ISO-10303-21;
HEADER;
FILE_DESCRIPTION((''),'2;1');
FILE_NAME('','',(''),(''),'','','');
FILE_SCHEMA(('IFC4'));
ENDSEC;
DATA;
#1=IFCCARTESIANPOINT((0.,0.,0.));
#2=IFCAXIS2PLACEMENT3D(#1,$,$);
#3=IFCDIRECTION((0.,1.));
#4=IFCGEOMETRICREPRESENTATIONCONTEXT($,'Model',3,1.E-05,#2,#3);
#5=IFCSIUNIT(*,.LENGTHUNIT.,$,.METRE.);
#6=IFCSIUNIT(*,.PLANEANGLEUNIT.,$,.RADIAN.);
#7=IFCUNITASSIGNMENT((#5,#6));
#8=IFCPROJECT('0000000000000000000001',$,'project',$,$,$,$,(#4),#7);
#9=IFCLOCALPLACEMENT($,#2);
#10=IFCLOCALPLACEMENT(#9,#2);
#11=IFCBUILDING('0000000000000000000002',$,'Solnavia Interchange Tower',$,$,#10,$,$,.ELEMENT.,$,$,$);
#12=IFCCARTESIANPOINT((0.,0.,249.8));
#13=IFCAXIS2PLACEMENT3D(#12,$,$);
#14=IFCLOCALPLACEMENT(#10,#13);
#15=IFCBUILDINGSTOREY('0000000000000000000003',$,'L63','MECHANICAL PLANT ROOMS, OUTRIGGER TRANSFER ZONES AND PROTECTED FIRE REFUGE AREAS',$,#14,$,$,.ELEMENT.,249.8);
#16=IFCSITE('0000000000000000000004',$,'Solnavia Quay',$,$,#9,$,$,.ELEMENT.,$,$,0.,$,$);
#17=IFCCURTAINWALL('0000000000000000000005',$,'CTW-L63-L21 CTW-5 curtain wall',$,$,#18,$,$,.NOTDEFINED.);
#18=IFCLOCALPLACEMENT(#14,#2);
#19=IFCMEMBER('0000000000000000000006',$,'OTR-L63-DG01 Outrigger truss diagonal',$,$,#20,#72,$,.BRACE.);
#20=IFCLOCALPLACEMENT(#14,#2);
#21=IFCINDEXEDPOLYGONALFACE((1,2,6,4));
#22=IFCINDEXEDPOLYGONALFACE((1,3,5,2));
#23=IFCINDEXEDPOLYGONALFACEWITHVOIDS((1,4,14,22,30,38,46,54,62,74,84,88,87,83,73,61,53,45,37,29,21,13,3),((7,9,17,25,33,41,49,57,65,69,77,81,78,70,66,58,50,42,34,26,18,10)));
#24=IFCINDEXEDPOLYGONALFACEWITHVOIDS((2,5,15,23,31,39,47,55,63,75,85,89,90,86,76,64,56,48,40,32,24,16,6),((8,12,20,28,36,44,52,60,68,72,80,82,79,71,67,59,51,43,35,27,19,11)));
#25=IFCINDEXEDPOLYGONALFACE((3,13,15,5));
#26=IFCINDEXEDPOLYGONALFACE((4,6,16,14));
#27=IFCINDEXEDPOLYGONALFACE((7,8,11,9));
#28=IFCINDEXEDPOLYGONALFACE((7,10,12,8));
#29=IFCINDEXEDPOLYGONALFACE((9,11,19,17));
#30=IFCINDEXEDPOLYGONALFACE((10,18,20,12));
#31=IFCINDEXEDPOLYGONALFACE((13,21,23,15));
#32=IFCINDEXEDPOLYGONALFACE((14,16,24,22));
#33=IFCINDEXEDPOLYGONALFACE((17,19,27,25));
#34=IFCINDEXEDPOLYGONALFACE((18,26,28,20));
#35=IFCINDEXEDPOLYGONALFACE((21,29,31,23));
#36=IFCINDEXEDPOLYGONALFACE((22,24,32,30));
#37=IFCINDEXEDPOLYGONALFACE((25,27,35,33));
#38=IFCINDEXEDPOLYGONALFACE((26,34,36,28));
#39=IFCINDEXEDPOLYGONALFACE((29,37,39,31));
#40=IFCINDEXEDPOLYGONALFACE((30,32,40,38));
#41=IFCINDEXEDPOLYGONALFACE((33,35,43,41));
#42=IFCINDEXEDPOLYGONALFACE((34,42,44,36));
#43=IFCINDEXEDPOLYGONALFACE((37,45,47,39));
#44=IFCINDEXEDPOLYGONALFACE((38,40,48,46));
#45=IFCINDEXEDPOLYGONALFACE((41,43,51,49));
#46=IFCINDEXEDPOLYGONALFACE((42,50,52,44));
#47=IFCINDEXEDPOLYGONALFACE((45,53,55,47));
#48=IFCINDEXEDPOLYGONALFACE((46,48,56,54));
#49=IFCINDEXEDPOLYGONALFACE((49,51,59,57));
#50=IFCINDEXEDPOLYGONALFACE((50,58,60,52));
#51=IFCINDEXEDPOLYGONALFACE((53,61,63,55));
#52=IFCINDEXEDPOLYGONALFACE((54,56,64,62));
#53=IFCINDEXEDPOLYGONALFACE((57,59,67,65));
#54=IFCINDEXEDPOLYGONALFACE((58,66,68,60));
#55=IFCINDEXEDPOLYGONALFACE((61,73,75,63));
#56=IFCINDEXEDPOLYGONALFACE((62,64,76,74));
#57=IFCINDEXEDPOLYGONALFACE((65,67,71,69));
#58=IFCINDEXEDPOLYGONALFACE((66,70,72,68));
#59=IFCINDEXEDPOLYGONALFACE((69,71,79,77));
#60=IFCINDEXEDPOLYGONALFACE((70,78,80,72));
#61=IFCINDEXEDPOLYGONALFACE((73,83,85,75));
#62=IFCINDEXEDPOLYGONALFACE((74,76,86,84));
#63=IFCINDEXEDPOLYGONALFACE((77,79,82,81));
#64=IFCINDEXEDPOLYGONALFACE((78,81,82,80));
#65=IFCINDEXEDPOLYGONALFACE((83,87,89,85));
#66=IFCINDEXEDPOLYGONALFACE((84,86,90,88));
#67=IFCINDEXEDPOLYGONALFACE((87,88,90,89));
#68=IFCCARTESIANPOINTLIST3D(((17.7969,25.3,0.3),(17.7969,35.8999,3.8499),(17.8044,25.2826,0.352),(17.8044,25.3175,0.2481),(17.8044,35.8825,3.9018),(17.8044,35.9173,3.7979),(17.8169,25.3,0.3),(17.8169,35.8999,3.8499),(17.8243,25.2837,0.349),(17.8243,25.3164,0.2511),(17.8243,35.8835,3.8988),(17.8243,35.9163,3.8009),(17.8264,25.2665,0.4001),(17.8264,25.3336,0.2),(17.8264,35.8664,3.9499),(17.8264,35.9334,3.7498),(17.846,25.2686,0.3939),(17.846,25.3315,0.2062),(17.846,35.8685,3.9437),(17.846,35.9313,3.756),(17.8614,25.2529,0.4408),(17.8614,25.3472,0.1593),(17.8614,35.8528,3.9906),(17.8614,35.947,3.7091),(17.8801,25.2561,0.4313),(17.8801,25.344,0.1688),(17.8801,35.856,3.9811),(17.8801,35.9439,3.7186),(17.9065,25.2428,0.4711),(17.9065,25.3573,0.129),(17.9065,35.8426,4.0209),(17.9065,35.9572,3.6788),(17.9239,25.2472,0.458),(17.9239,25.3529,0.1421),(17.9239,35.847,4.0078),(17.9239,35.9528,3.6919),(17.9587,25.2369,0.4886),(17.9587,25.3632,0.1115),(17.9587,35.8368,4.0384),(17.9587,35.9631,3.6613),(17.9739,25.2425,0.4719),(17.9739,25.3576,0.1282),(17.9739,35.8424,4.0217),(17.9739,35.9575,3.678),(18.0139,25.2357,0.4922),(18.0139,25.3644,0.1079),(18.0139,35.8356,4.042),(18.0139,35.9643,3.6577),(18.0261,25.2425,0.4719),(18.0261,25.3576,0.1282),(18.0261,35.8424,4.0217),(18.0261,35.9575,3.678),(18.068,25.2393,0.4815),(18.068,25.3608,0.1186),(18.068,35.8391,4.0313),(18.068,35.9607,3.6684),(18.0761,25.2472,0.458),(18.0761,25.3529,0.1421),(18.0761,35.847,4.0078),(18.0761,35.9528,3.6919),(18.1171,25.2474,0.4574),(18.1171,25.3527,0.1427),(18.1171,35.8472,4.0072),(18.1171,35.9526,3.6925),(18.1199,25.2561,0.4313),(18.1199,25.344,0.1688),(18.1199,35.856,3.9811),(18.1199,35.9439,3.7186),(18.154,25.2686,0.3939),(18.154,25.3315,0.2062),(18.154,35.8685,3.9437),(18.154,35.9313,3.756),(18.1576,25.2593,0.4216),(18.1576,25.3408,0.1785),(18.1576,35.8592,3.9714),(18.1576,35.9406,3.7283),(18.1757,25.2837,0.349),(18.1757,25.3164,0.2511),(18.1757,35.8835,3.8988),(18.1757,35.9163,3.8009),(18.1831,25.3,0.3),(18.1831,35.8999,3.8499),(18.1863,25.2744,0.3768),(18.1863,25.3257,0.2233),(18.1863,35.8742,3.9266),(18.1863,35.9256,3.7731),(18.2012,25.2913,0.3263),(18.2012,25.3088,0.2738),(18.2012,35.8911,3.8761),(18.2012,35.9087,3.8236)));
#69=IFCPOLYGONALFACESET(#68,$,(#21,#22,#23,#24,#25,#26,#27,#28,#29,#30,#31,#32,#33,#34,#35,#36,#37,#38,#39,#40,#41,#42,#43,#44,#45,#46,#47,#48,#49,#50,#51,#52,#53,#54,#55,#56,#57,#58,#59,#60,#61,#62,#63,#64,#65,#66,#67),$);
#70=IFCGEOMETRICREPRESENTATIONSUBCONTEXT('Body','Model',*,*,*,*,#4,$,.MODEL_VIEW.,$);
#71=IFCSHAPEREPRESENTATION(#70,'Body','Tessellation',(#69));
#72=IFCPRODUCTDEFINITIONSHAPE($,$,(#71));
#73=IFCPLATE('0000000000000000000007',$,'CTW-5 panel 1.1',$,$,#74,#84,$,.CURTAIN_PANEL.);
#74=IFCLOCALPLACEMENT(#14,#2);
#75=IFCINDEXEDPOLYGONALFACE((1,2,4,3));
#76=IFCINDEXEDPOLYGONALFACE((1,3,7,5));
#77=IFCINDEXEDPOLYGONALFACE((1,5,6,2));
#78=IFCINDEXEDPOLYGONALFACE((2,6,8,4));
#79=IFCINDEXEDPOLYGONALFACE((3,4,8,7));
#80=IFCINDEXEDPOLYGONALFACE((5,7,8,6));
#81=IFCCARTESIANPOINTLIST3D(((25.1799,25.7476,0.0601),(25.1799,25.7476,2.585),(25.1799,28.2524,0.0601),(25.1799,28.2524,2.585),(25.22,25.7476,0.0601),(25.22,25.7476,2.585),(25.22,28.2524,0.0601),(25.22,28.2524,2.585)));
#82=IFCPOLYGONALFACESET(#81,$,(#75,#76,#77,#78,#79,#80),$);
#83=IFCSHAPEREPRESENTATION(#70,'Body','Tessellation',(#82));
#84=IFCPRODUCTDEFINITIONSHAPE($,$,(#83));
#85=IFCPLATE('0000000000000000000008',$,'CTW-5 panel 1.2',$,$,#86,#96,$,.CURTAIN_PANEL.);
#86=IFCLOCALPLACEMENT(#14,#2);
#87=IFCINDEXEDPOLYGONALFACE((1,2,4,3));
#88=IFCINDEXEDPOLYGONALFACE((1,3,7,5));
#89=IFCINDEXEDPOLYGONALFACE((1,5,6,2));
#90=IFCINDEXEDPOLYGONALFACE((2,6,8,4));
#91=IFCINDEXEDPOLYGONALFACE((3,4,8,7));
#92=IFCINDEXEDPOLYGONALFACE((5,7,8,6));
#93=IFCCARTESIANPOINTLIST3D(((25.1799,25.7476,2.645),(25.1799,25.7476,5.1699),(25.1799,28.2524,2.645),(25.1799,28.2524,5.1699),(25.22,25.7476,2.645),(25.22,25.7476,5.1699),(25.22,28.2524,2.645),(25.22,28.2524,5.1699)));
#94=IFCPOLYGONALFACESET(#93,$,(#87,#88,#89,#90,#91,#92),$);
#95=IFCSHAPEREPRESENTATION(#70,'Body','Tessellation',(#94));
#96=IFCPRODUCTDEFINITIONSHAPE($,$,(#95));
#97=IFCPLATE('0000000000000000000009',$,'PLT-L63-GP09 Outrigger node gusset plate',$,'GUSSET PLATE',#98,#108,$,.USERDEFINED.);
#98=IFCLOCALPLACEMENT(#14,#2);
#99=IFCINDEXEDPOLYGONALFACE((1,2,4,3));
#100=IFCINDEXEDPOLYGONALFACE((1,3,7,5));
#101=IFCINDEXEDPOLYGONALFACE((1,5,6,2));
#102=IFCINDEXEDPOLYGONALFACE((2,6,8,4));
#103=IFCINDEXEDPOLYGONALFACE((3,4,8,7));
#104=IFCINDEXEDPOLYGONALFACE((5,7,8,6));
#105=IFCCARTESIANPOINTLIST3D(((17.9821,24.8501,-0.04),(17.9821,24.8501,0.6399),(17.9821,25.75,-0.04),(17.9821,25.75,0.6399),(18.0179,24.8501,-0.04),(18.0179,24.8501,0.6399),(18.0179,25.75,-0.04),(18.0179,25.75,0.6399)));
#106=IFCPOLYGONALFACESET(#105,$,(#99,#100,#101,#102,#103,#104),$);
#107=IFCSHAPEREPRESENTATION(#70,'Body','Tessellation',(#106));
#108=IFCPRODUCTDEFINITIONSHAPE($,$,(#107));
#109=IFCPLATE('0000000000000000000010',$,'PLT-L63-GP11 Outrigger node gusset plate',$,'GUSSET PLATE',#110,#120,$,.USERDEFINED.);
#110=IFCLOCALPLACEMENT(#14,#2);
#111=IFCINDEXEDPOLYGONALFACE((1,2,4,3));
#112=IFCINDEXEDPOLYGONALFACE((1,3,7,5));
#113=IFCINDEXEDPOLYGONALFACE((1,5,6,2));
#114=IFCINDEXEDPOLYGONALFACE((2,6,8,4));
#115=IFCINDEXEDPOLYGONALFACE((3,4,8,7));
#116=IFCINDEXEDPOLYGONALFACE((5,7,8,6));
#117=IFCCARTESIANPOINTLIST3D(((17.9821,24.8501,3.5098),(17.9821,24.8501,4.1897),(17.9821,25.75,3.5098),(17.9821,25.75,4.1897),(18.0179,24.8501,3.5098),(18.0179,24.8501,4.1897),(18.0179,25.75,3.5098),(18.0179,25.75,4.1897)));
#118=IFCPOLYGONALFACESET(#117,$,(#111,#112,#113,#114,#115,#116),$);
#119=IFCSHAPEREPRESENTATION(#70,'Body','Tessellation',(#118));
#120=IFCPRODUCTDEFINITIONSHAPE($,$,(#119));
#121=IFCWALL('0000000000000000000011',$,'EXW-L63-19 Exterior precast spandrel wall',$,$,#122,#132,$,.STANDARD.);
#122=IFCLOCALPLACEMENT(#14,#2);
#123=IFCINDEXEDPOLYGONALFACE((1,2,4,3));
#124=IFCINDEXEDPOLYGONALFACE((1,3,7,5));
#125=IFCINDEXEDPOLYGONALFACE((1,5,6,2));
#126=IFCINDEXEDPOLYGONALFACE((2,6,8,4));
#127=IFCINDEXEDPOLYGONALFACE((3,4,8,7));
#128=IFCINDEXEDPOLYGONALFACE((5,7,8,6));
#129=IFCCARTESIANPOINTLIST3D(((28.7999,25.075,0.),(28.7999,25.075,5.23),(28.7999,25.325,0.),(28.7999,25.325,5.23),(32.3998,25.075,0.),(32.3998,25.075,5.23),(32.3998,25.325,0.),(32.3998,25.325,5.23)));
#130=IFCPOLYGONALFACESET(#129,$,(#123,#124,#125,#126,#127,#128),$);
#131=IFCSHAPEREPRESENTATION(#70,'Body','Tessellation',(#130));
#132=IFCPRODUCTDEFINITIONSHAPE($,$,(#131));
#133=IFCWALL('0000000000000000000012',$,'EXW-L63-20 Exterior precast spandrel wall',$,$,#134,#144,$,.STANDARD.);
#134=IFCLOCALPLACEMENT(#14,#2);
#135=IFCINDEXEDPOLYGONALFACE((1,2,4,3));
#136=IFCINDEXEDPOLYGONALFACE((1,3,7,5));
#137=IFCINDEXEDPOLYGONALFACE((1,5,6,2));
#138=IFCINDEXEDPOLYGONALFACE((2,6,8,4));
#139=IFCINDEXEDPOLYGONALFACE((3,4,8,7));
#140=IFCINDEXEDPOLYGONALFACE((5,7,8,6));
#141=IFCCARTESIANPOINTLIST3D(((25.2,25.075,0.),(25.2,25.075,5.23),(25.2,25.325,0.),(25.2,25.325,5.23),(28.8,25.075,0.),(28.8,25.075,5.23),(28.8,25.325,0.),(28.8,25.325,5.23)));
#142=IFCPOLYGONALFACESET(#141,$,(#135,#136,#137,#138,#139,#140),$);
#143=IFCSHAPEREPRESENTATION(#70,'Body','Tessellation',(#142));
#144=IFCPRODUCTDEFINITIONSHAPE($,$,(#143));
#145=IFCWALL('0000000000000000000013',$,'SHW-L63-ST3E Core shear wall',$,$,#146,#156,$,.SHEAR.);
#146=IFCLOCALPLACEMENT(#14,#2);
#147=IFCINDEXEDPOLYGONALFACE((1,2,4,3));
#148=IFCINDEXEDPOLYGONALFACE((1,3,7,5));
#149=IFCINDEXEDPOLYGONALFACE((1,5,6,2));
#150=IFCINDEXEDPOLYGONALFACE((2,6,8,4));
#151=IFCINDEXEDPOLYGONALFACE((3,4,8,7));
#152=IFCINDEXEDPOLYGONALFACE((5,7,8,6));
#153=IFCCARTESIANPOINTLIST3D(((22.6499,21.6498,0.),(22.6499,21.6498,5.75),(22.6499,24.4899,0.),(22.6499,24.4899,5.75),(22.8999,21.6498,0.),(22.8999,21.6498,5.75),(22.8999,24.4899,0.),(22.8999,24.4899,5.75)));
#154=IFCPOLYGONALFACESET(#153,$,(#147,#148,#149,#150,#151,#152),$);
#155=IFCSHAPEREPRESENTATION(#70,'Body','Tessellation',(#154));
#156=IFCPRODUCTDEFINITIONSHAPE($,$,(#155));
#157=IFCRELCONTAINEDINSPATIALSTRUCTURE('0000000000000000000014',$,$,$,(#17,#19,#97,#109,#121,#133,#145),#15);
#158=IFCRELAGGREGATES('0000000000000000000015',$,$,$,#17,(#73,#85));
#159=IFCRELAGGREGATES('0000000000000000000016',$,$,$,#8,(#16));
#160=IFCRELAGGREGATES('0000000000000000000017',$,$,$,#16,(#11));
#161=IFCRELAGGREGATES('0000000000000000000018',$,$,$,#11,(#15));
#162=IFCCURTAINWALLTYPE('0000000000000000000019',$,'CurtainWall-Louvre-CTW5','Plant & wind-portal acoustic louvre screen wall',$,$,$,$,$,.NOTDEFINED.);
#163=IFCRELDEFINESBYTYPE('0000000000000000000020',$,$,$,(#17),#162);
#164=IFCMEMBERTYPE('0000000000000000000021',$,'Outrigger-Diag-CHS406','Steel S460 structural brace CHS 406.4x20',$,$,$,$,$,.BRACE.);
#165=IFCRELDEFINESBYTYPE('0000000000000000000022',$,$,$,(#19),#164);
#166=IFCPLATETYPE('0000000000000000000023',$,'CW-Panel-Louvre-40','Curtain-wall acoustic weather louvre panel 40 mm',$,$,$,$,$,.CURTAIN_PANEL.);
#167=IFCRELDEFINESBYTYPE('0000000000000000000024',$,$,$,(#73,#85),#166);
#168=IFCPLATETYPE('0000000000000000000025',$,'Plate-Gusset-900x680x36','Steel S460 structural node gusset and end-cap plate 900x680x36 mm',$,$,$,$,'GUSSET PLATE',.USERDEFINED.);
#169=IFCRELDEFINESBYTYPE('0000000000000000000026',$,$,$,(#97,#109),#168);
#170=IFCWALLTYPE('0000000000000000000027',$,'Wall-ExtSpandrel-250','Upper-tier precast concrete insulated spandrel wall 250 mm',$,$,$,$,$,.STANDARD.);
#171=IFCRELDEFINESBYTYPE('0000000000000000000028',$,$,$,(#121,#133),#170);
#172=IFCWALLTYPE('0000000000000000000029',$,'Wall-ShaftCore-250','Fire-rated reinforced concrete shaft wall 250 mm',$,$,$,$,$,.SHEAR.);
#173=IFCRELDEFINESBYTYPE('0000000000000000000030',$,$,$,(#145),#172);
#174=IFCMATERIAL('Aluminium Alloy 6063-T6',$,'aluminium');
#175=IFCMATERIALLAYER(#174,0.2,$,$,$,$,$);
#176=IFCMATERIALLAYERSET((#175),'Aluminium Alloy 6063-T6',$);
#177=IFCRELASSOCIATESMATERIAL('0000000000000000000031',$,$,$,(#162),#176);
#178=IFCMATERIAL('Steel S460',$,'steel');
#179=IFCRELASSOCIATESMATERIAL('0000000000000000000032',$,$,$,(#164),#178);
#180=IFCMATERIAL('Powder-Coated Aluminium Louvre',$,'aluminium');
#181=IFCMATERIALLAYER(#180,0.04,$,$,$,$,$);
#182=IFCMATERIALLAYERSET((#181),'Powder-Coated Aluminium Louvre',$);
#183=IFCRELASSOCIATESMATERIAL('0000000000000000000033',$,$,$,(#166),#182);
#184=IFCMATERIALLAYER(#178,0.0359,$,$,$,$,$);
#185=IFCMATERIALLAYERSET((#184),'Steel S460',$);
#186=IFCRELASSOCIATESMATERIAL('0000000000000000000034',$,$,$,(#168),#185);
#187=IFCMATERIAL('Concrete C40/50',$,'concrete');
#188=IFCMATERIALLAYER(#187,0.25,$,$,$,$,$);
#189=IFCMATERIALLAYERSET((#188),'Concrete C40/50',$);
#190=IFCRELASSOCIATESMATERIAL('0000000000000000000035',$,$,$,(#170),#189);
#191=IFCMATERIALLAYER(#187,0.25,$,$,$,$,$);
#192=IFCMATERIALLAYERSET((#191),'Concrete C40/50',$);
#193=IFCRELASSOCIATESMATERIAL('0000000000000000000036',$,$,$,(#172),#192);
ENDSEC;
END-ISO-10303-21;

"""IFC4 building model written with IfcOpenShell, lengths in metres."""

from ifc_helpers import new_model, si_unit, direction, frame, frame_2d, origin, origin_2d, place, context, subcontext, project, spatial, rectangle, hollow_circle, extrude, material, layer, layer_set, material_profile, profile_set, type_object, element, aggregate, save


model = new_model("IFC4")

# Units and contexts
model_context = context("Model", 3, precision=1e-05, world=origin(), true_north=direction((0.0, 1.0)))
body_context = subcontext(model_context, "Body", "Model", "MODEL_VIEW")
ifc_project = project(units=[si_unit("LENGTHUNIT", "METRE"), si_unit("PLANEANGLEUNIT", "RADIAN")], contexts=[model_context])

# Site, building, storey
site_placement = place(None, origin())
site = spatial("IfcSite", under=ifc_project, at=site_placement, Name="Solnavia Quay", CompositionType="ELEMENT", RefElevation=0.0)
building_placement = place(site_placement, origin())
building = spatial("IfcBuilding", under=site, at=building_placement, Name="Solnavia Interchange Tower", CompositionType="ELEMENT")
storey_placement = place(building_placement, frame((0.0, 0.0, 249.8)))
storey = spatial("IfcBuildingStorey", under=building, at=storey_placement, Name="L63", Description="MECHANICAL PLANT ROOMS, OUTRIGGER TRANSFER ZONES AND PROTECTED FIRE REFUGE AREAS", CompositionType="ELEMENT", Elevation=249.8)

# Curtain wall
ifc_material_1 = material(Name="Aluminium Alloy 6063-T6", Category="aluminium")
ifc_layer_1 = layer(ifc_material_1, 0.2)
ifc_layer_set_1 = layer_set([ifc_layer_1], Name="Aluminium Alloy 6063-T6")
curtain_wall_type = type_object("IfcCurtainWallType", Name="CurtainWall-Louvre-CTW5", Description="Plant & wind-portal acoustic louvre screen wall", PredefinedType="NOTDEFINED", material=ifc_layer_set_1)
curtain_wall_placement = place(storey_placement, origin())
curtain_wall = element("IfcCurtainWall", 1, at=curtain_wall_placement, inside=storey, type_object=curtain_wall_type, Name="CTW-L63-L21 CTW-5 curtain wall", PredefinedType="NOTDEFINED")

# Member
ifc_material_2 = material(Name="Steel S460", Category="steel")
ifc_material_profile_1 = material_profile(ifc_material_2, hollow_circle(Radius=0.2031, WallThickness=0.02, at=origin_2d()), Name="CHS 406.4x20")
ifc_profile_set_1 = profile_set([ifc_material_profile_1], Name="Steel S460")
member_type_1 = type_object("IfcMemberType", Name="Outrigger-Diag-CHS406", Description="Steel S460 structural brace CHS 406.4x20", PredefinedType="BRACE", material=ifc_profile_set_1)
member_1_placement = place(storey_placement, frame((18.0, 25.3, 0.3), z_axis=(0.0, 0.948239, 0.317558), x_axis=(-1.0, 0.0, 0.0)))
element("IfcMember", 2, at=member_1_placement, inside=storey, type_object=member_type_1, Name="OTR-L63-DG01 Outrigger truss diagonal", PredefinedType="BRACE", context=body_context, shape_type="SweptSolid", body=[
    extrude(hollow_circle(Radius=0.2031, WallThickness=0.02, at=origin_2d()), origin(), (0.0, 0.0, 1.0), 11.1785),
])

# Plates
ifc_material_3 = material(Name="Powder-Coated Aluminium Louvre", Category="aluminium")
ifc_layer_2 = layer(ifc_material_3, 0.04)
ifc_layer_set_2 = layer_set([ifc_layer_2], Name="Powder-Coated Aluminium Louvre")
plate_type_1 = type_object("IfcPlateType", Name="CW-Panel-Louvre-40", Description="Curtain-wall acoustic weather louvre panel 40 mm", PredefinedType="CURTAIN_PANEL", material=ifc_layer_set_2)
plate_1_placement = place(storey_placement, frame((25.2, 27.0, 0.0601), z_axis=(0.0, 0.0, 1.0), x_axis=(0.0, 1.0, 0.0)))
plate_1 = element("IfcPlate", 3, at=plate_1_placement, type_object=plate_type_1, Name="CTW-5 panel 1.1", PredefinedType="CURTAIN_PANEL", context=body_context, shape_type="SweptSolid", body=[
    extrude(rectangle(XDim=2.5049, YDim=0.04, at=origin_2d()), origin(), (0.0, 0.0, 1.0), 2.5249),
])
plate_2_placement = place(storey_placement, frame((25.2, 27.0, 2.645), z_axis=(0.0, 0.0, 1.0), x_axis=(0.0, 1.0, 0.0)))
plate_2 = element("IfcPlate", 4, at=plate_2_placement, type_object=plate_type_1, Name="CTW-5 panel 1.2", PredefinedType="CURTAIN_PANEL", context=body_context, shape_type="SweptSolid", body=[
    extrude(rectangle(XDim=2.5049, YDim=0.04, at=origin_2d()), origin(), (0.0, 0.0, 1.0), 2.5249),
])
aggregate(curtain_wall, [plate_1, plate_2])

# Plates
ifc_layer_3 = layer(ifc_material_2, 0.0359)
ifc_layer_set_3 = layer_set([ifc_layer_3], Name="Steel S460")
plate_type_2 = type_object("IfcPlateType", Name="Plate-Gusset-900x680x36", Description="Steel S460 structural node gusset and end-cap plate 900x680x36 mm", ElementType="GUSSET PLATE", PredefinedType="USERDEFINED", material=ifc_layer_set_3)
for number, where, z_axis, x_axis, name in (
    (5, (18.0, 25.3, -0.04), (0.0, 0.0, 1.0), (0.0, 1.0, 0.0), "PLT-L63-GP09 Outrigger node gusset plate"),
    (6, (18.0, 25.3, 3.5098), (0.0, 0.0, 1.0), (0.0, 1.0, 0.0), "PLT-L63-GP11 Outrigger node gusset plate"),
):
    element("IfcPlate", number, at=place(storey_placement, frame(where, z_axis=z_axis, x_axis=x_axis)), inside=storey, type_object=plate_type_2, Name=name, ObjectType="GUSSET PLATE", PredefinedType="USERDEFINED", context=body_context, shape_type="SweptSolid", body=[
        extrude(rectangle(XDim=0.8999, YDim=0.0359, at=origin_2d()), origin(), (0.0, 0.0, 1.0), 0.6799),
    ])

# Walls
ifc_material_4 = material(Name="Concrete C40/50", Category="concrete")
ifc_layer_4 = layer(ifc_material_4, 0.25)
ifc_layer_set_4 = layer_set([ifc_layer_4], Name="Concrete C40/50")
wall_type_1 = type_object("IfcWallType", Name="Wall-ExtSpandrel-250", Description="Upper-tier precast concrete insulated spandrel wall 250 mm", PredefinedType="STANDARD", material=ifc_layer_set_4)
wall_1_placement = place(storey_placement, frame((28.8, 25.2, 0.0), z_axis=(0.0, 0.0, 1.0), x_axis=(1.0, 0.0, 0.0)))
element("IfcWall", 7, at=wall_1_placement, inside=storey, type_object=wall_type_1, Name="EXW-L63-19 Exterior precast spandrel wall", PredefinedType="STANDARD", context=body_context, shape_type="SweptSolid", body=[
    extrude(rectangle(XDim=3.5999, YDim=0.25, at=frame_2d((1.7998, 0.0))), origin(), (0.0, 0.0, 1.0), 5.23),
])
wall_2_placement = place(storey_placement, frame((25.2, 25.2, 0.0), z_axis=(0.0, 0.0, 1.0), x_axis=(1.0, 0.0, 0.0)))
element("IfcWall", 8, at=wall_2_placement, inside=storey, type_object=wall_type_1, Name="EXW-L63-20 Exterior precast spandrel wall", PredefinedType="STANDARD", context=body_context, shape_type="SweptSolid", body=[
    extrude(rectangle(XDim=3.6001, YDim=0.25, at=frame_2d((1.8, 0.0))), origin(), (0.0, 0.0, 1.0), 5.23),
])
ifc_layer_5 = layer(ifc_material_4, 0.25)
ifc_layer_set_5 = layer_set([ifc_layer_5], Name="Concrete C40/50")
wall_type_2 = type_object("IfcWallType", Name="Wall-ShaftCore-250", Description="Fire-rated reinforced concrete shaft wall 250 mm", PredefinedType="SHEAR", material=ifc_layer_set_5)
wall_3_placement = place(storey_placement, frame((22.7749, 21.6499, 0.0), z_axis=(0.0, 0.0, 1.0), x_axis=(0.0, 1.0, 0.0)))
element("IfcWall", 9, at=wall_3_placement, inside=storey, type_object=wall_type_2, Name="SHW-L63-ST3E Core shear wall", PredefinedType="SHEAR", context=body_context, shape_type="SweptSolid", body=[
    extrude(rectangle(XDim=2.8401, YDim=0.25, at=frame_2d((1.4199, 0.0))), origin(), (0.0, 0.0, 1.0), 5.75),
])

save(model, "model.ifc")
